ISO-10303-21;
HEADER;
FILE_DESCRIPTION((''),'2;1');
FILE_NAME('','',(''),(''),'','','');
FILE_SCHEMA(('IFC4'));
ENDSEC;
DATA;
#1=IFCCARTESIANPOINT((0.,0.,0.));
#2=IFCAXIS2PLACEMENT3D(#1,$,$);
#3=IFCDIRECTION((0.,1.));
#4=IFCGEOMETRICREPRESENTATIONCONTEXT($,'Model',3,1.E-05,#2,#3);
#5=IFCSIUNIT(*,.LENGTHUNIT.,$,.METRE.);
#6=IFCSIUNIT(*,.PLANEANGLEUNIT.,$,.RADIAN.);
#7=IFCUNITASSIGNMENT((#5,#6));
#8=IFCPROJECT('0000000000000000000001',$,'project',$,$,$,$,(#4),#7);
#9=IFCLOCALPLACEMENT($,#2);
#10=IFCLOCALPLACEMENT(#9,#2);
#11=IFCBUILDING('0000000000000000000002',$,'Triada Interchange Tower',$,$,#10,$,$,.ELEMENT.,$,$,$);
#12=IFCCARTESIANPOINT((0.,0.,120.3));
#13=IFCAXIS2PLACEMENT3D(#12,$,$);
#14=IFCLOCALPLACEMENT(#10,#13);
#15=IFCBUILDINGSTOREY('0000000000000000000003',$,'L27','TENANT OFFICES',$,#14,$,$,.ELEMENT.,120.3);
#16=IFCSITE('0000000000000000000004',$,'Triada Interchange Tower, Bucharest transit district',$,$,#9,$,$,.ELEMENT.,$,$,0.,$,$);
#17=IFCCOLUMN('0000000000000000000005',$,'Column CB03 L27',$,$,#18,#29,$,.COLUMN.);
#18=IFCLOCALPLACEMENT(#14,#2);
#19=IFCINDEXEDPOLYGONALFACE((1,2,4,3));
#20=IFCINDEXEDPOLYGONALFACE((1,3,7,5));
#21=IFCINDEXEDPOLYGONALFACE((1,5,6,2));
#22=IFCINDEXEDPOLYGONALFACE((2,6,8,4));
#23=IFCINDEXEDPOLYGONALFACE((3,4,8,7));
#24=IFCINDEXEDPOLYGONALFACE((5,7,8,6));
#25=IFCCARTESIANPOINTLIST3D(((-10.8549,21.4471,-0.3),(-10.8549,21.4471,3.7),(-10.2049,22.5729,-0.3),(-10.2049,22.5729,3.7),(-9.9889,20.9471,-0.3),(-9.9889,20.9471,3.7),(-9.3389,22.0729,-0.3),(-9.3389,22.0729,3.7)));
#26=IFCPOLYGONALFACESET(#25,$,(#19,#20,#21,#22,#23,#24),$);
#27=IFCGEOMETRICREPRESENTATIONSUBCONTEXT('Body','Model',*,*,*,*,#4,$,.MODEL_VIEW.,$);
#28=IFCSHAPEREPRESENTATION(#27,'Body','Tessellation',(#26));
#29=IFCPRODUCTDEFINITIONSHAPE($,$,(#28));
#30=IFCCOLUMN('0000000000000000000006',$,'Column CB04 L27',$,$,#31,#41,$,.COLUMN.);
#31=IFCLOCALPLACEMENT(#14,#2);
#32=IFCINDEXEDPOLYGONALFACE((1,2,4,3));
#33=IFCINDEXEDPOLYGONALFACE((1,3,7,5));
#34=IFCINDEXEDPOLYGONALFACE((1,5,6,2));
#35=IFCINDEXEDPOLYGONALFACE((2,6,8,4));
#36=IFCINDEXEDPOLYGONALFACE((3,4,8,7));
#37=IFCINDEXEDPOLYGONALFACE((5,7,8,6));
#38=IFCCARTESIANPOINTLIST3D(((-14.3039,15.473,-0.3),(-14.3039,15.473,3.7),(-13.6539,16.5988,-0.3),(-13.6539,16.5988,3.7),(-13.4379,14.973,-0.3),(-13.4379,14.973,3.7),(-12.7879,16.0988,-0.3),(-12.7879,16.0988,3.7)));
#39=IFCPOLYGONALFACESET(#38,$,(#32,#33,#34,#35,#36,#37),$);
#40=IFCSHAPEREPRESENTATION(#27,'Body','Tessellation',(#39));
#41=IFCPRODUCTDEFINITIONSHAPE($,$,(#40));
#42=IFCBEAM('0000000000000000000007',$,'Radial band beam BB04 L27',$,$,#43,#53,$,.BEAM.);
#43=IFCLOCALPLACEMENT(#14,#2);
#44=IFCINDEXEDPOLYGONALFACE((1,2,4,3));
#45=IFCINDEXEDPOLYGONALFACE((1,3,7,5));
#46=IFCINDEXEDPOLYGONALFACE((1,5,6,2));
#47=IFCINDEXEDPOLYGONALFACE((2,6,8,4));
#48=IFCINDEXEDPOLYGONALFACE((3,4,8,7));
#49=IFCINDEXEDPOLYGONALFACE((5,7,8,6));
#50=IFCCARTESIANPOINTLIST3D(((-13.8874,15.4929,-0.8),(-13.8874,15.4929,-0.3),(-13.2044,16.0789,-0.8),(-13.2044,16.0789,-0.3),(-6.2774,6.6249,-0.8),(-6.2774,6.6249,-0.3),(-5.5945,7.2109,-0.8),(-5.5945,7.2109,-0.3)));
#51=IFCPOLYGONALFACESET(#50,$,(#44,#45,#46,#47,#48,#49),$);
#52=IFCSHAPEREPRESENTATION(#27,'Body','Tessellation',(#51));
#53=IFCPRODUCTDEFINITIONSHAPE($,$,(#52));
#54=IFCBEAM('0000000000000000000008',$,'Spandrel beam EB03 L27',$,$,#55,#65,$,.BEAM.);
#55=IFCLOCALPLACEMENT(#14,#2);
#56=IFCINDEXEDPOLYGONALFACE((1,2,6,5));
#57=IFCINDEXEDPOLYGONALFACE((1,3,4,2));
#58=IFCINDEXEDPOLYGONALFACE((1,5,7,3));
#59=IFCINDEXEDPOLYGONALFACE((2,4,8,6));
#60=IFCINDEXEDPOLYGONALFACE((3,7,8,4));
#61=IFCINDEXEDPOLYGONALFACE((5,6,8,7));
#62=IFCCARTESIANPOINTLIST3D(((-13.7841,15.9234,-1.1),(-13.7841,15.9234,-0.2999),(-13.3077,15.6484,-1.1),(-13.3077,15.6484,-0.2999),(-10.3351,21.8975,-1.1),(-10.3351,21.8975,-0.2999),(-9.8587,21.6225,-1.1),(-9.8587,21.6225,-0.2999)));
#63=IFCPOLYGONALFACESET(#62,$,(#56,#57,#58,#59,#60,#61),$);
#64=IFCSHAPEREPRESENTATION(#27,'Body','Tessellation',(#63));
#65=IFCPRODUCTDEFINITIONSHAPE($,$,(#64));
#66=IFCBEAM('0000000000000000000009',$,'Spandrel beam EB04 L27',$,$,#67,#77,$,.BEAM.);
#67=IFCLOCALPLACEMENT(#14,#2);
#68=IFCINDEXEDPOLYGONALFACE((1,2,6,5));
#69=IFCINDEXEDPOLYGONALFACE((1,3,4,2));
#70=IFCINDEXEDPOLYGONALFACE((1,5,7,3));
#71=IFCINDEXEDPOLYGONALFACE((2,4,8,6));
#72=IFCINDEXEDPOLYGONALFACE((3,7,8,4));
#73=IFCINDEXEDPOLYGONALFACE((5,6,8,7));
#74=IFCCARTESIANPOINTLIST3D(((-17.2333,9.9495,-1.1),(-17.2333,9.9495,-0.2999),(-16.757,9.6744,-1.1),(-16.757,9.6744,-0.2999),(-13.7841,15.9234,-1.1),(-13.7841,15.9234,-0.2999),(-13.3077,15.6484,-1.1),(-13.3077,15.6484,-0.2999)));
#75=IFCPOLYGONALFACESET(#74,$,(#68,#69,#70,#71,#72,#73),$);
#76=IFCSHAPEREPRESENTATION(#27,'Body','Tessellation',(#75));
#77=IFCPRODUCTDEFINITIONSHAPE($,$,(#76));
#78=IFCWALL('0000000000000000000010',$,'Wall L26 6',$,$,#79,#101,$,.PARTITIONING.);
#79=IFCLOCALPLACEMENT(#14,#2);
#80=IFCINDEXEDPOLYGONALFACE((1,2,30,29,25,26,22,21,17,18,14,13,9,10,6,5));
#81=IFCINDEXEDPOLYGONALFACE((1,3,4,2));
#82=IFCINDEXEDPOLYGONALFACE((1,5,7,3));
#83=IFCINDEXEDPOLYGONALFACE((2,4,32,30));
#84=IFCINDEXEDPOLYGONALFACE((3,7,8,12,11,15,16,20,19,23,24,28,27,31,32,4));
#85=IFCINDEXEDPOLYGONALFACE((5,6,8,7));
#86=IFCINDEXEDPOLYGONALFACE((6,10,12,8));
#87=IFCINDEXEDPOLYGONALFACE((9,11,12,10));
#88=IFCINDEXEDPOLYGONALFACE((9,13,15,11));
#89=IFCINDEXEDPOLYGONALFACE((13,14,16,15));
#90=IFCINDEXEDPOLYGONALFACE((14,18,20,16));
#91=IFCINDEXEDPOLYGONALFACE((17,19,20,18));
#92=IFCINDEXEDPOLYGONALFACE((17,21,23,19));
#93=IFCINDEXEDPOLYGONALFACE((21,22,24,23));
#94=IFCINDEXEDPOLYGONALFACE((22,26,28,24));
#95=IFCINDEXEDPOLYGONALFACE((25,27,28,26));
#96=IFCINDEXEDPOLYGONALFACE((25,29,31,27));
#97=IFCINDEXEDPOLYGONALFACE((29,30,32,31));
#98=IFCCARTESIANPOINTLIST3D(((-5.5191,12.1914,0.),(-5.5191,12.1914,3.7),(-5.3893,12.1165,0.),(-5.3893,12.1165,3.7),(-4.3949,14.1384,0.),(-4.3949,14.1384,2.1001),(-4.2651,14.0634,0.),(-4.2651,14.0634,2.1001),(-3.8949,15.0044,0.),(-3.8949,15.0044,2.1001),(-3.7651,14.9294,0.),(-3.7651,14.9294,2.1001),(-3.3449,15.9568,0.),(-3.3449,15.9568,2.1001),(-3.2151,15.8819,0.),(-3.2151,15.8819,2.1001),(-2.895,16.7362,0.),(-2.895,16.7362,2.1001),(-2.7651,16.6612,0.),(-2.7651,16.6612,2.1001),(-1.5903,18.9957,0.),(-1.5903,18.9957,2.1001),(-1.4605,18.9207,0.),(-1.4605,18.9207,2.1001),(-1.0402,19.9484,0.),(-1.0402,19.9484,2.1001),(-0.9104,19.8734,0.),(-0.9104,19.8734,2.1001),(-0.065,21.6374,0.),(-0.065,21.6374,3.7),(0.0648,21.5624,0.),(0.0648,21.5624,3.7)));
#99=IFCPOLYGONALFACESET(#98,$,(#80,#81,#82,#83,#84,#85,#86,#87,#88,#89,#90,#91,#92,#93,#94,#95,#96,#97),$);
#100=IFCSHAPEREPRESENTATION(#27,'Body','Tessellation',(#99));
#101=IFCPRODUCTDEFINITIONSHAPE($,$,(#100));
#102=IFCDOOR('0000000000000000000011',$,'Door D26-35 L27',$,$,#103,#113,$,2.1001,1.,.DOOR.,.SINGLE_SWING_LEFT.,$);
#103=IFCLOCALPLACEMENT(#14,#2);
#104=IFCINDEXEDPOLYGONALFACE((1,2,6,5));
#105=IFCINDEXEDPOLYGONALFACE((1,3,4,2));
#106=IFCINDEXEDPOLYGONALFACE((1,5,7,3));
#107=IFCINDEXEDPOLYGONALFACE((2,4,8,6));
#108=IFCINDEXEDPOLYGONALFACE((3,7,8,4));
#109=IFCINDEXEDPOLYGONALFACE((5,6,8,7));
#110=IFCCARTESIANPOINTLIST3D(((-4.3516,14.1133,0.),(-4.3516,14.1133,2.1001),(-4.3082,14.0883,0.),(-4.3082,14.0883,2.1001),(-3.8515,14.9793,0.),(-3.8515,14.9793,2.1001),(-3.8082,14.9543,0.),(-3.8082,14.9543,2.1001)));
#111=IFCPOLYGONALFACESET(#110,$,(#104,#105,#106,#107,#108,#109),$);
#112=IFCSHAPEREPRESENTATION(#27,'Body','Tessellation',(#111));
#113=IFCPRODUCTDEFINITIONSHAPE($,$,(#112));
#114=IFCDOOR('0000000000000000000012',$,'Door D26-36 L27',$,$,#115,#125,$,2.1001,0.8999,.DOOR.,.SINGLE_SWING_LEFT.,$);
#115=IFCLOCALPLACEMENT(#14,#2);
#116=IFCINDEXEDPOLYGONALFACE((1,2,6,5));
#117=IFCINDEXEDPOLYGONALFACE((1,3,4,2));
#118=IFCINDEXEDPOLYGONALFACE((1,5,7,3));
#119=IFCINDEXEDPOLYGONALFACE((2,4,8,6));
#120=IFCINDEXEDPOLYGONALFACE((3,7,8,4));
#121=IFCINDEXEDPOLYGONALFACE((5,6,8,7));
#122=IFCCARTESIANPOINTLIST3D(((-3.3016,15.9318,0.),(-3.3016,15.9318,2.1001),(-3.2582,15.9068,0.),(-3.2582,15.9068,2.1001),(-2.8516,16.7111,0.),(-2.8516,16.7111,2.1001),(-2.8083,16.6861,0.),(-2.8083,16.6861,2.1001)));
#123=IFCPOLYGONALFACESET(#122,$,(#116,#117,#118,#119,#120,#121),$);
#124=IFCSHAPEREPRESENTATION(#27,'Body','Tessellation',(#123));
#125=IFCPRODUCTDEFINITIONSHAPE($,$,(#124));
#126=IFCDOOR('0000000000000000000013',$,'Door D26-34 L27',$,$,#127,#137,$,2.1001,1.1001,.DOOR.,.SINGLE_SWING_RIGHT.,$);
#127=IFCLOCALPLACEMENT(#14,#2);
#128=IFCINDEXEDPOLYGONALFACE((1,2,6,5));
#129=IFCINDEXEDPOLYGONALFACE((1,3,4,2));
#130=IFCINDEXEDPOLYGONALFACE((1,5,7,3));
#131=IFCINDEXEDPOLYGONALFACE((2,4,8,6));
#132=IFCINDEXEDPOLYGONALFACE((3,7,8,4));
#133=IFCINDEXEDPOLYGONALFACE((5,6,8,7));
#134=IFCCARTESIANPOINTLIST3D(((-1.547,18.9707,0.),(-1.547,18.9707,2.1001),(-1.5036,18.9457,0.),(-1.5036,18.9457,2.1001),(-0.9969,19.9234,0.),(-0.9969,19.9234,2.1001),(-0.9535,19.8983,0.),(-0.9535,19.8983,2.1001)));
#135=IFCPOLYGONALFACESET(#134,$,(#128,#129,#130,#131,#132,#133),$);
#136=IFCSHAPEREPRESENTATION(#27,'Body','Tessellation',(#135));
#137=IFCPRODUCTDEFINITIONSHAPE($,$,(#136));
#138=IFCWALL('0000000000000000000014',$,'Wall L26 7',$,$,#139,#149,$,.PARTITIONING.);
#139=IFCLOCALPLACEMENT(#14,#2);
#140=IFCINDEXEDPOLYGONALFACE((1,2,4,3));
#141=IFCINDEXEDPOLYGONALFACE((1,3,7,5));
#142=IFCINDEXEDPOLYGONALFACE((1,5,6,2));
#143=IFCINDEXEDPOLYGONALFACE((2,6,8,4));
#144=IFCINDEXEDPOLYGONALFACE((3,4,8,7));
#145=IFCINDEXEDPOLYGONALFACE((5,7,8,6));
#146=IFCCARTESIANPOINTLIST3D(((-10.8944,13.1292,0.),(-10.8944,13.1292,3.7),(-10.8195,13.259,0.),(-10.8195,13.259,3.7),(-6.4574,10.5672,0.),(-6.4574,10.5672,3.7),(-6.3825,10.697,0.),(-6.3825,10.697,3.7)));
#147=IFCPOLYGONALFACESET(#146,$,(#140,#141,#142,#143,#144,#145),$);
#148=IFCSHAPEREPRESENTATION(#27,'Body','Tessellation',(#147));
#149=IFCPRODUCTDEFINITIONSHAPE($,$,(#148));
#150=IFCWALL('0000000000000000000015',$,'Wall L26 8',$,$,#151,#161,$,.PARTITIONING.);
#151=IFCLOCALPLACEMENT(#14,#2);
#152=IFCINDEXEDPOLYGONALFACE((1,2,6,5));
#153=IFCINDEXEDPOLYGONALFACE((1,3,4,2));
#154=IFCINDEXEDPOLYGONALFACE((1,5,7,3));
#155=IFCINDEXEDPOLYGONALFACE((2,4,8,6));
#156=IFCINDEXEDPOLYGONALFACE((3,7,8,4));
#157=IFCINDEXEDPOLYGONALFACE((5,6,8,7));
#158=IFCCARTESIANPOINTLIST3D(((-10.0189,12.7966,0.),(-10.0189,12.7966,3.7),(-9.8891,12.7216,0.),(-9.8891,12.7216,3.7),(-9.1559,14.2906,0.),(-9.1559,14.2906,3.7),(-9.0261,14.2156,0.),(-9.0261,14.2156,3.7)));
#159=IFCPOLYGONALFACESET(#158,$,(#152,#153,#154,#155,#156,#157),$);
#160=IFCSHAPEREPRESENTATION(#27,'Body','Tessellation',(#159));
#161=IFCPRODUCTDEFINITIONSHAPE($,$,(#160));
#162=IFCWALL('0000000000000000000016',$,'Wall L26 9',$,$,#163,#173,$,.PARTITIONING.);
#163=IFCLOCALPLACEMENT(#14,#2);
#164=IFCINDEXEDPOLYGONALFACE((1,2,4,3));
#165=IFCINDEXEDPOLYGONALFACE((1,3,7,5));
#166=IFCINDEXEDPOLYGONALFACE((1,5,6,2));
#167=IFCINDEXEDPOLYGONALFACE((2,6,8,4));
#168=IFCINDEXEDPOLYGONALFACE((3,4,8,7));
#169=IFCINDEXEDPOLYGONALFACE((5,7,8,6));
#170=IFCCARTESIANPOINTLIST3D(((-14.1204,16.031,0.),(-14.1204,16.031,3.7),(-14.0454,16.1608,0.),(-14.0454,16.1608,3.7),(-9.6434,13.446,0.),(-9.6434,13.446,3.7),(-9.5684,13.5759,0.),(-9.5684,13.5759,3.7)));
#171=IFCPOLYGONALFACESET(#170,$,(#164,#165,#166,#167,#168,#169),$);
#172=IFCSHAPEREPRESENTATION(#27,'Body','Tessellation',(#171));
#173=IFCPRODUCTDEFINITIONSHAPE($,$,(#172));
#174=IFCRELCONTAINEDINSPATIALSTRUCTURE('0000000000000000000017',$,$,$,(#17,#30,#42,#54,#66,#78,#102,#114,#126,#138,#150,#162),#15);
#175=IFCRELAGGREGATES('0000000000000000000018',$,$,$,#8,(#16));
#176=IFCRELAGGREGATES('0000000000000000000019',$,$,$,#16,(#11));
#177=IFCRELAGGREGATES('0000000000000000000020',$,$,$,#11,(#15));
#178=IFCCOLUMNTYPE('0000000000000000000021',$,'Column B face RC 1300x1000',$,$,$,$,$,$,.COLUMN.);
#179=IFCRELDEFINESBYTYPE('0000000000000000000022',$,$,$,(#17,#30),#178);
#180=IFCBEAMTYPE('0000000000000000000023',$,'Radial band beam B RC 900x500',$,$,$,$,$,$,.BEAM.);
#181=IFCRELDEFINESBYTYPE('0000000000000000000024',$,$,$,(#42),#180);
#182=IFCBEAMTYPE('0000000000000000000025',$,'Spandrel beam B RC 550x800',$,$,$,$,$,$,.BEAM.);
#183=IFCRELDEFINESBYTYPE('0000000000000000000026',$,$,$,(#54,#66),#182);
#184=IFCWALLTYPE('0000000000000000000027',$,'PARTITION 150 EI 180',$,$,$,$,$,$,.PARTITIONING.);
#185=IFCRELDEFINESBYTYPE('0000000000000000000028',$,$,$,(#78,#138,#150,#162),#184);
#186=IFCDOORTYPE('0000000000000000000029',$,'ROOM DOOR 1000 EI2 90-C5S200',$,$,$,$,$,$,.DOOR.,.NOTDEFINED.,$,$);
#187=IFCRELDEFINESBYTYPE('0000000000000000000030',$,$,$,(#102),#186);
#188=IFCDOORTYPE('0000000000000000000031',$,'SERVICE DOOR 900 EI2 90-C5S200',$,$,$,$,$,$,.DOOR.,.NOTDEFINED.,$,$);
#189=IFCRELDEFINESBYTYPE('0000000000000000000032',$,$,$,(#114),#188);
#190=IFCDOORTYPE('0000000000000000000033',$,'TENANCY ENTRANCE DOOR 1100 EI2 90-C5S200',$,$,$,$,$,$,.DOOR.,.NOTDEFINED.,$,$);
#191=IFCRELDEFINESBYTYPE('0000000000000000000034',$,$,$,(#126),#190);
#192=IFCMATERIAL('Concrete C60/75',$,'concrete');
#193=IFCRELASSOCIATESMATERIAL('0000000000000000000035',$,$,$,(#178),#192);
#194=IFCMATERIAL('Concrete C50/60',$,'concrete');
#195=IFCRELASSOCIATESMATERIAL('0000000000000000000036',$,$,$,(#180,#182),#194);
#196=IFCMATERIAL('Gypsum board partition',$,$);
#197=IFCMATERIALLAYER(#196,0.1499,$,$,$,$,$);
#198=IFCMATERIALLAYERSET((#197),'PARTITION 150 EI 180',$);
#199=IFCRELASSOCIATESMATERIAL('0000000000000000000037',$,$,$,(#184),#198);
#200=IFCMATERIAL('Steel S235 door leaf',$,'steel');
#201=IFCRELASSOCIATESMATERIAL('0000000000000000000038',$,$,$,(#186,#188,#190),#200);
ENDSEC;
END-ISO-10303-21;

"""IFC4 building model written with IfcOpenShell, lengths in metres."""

from ifc_helpers import new_model, si_unit, direction, frame, frame_2d, origin, origin_2d, place, context, subcontext, project, spatial, rectangle, extrude, material, layer, layer_set, material_profile, profile_set, type_object, element, fill, save


model = new_model("IFC4")

# Units and contexts
model_context = context("Model", 3, precision=1e-05, world=origin(), true_north=direction((0.0, 1.0)))
body_context = subcontext(model_context, "Body", "Model", "MODEL_VIEW")
ifc_project = project(units=[si_unit("LENGTHUNIT", "METRE"), si_unit("PLANEANGLEUNIT", "RADIAN")], contexts=[model_context])

# Site, building, storey
site_placement = place(None, origin())
site = spatial("IfcSite", under=ifc_project, at=site_placement, Name="Triada Interchange Tower, Bucharest transit district", CompositionType="ELEMENT", RefElevation=0.0)
building_placement = place(site_placement, origin())
building = spatial("IfcBuilding", under=site, at=building_placement, Name="Triada Interchange Tower", CompositionType="ELEMENT")
storey_placement = place(building_placement, frame((0.0, 0.0, 120.3)))
storey = spatial("IfcBuildingStorey", under=building, at=storey_placement, Name="L27", Description="TENANT OFFICES", CompositionType="ELEMENT", Elevation=120.3)

# Columns
ifc_material_1 = material(Name="Concrete C60/75", Category="concrete")
ifc_material_profile_1 = material_profile(ifc_material_1, rectangle(XDim=1.3, YDim=1.0, at=origin_2d()), Name="RC 1300x1000")
ifc_profile_set_1 = profile_set([ifc_material_profile_1], Name="Concrete C60/75")
column_type = type_object("IfcColumnType", Name="Column B face RC 1300x1000", PredefinedType="COLUMN", material=ifc_profile_set_1)
for number, where, z_axis, x_axis, name in (
    (1, (-10.0969, 21.76, -0.3), (0.0, 0.0, 1.0), (0.5, 0.866025, 0.0), "Column CB03 L27"),
    (2, (-13.5459, 15.7859, -0.3), (0.0, 0.0, 1.0), (0.5, 0.866025, 0.0), "Column CB04 L27"),
):
    element("IfcColumn", number, at=place(storey_placement, frame(where, z_axis=z_axis, x_axis=x_axis)), inside=storey, type_object=column_type, Name=name, PredefinedType="COLUMN", context=body_context, shape_type="SweptSolid", body=[
        extrude(rectangle(XDim=1.3, YDim=1.0, at=origin_2d()), origin(), (0.0, 0.0, 1.0), 4.0),
    ])

# Beams
ifc_material_2 = material(Name="Concrete C50/60", Category="concrete")
ifc_material_profile_2 = material_profile(ifc_material_2, rectangle(XDim=0.8999, YDim=0.5, at=origin_2d()), Name="RC 900x500")
ifc_profile_set_2 = profile_set([ifc_material_profile_2], Name="Concrete C50/60")
beam_type_1 = type_object("IfcBeamType", Name="Radial band beam B RC 900x500", PredefinedType="BEAM", material=ifc_profile_set_2)
beam_placement = place(storey_placement, frame((-13.5459, 15.7859, -0.55), z_axis=(0.651225, -0.758885, 0.0), x_axis=(0.758885, 0.651225, 0.0)))
element("IfcBeam", 3, at=beam_placement, inside=storey, type_object=beam_type_1, Name="Radial band beam BB04 L27", PredefinedType="BEAM", context=body_context, shape_type="SweptSolid", body=[
    extrude(rectangle(XDim=0.8999, YDim=0.5, at=origin_2d()), origin(), (0.0, 0.0, 1.0), 11.6855),
])
ifc_material_profile_3 = material_profile(ifc_material_2, rectangle(XDim=0.55, YDim=0.8, at=origin_2d()), Name="RC 550x800")
ifc_profile_set_3 = profile_set([ifc_material_profile_3], Name="Concrete C50/60")
beam_type_2 = type_object("IfcBeamType", Name="Spandrel beam B RC 550x800", PredefinedType="BEAM", material=ifc_profile_set_3)
for number, where, z_axis, x_axis, name in (
    (4, (-10.0969, 21.76, -0.7), (-0.49998, -0.866037, 0.0), (0.866037, -0.49998, 0.0), "Spandrel beam EB03 L27"),
    (5, (-13.5459, 15.7859, -0.7), (-0.500022, -0.866013, 0.0), (0.866013, -0.500022, 0.0), "Spandrel beam EB04 L27"),
):
    element("IfcBeam", number, at=place(storey_placement, frame(where, z_axis=z_axis, x_axis=x_axis)), inside=storey, type_object=beam_type_2, Name=name, PredefinedType="BEAM", context=body_context, shape_type="SweptSolid", body=[
        extrude(rectangle(XDim=0.55, YDim=0.8, at=origin_2d()), origin(), (0.0, 0.0, 1.0), 6.8982),
    ])

# Shared definitions
ifc_material_3 = material(Name="Steel S235 door leaf", Category="steel")

# Wall, openings, doors
ifc_material_4 = material(Name="Gypsum board partition")
ifc_layer_1 = layer(ifc_material_4, 0.1499)
ifc_layer_set_1 = layer_set([ifc_layer_1], Name="PARTITION 150 EI 180")
wall_type_1 = type_object("IfcWallType", Name="PARTITION 150 EI 180", PredefinedType="PARTITIONING", material=ifc_layer_set_1)
wall_1_placement = place(storey_placement, frame((-5.4541, 12.1541, 0.0), z_axis=(0.0, 0.0, 1.0), x_axis=(0.500029, 0.866009, 0.0)))
wall_1 = element("IfcWall", 6, at=wall_1_placement, inside=storey, type_object=wall_type_1, Name="Wall L26 6", PredefinedType="PARTITIONING", context=body_context, shape_type="SweptSolid", body=[
    extrude(rectangle(XDim=10.9075, YDim=0.1499, at=frame_2d((5.4536, 0.0))), origin(), (0.0, 0.0, 1.0), 3.7),
])
opening_1_placement = place(wall_1_placement, frame((7.8569, 0.0, 0.0)))
opening_1 = element("IfcOpeningElement", 7, at=opening_1_placement, cuts=wall_1, PredefinedType="OPENING", context=body_context, shape_type="SweptSolid", body=[
    extrude(rectangle(XDim=1.1001, YDim=2.1001, at=frame_2d((0.55, 1.05))), frame((0.0, 0.085, 0.0), z_axis=(0.0, -1.0, 0.0), x_axis=(1.0, 0.0, 0.0)), (0.0, 0.0, 1.0), 0.1699),
])
opening_2_placement = place(wall_1_placement, frame((2.248, 0.0, 0.0)))
opening_2 = element("IfcOpeningElement", 8, at=opening_2_placement, cuts=wall_1, PredefinedType="OPENING", context=body_context, shape_type="SweptSolid", body=[
    extrude(rectangle(XDim=1.0, YDim=2.1001, at=frame_2d((0.5, 1.05))), frame((0.0, 0.085, 0.0), z_axis=(0.0, -1.0, 0.0), x_axis=(1.0, 0.0, 0.0)), (0.0, 0.0, 1.0), 0.1699),
])
opening_3_placement = place(wall_1_placement, frame((4.3479, 0.0, 0.0)))
opening_3 = element("IfcOpeningElement", 9, at=opening_3_placement, cuts=wall_1, PredefinedType="OPENING", context=body_context, shape_type="SweptSolid", body=[
    extrude(rectangle(XDim=0.8999, YDim=2.1001, at=frame_2d((0.45, 1.05))), frame((0.0, 0.085, 0.0), z_axis=(0.0, -1.0, 0.0), x_axis=(1.0, 0.0, 0.0)), (0.0, 0.0, 1.0), 0.1699),
])
door_type_1 = type_object("IfcDoorType", Name="ROOM DOOR 1000 EI2 90-C5S200", OperationType="NOTDEFINED", PredefinedType="DOOR", material=ifc_material_3)
door_1_placement = place(opening_2_placement, origin())
door_1 = element("IfcDoor", 10, at=door_1_placement, inside=storey, type_object=door_type_1, Name="Door D26-35 L27", OperationType="SINGLE_SWING_LEFT", OverallHeight=2.1001, OverallWidth=1.0, PredefinedType="DOOR", context=body_context, shape_type="SweptSolid", body=[
    extrude(rectangle(XDim=1.0, YDim=2.1001, at=frame_2d((0.5, 1.05))), frame((0.0, 0.0249, 0.0), z_axis=(0.0, -1.0, 0.0), x_axis=(1.0, 0.0, 0.0)), (0.0, 0.0, 1.0), 0.05),
])
fill(opening_2, door_1)
door_type_2 = type_object("IfcDoorType", Name="SERVICE DOOR 900 EI2 90-C5S200", OperationType="NOTDEFINED", PredefinedType="DOOR", material=ifc_material_3)
door_2_placement = place(opening_3_placement, origin())
door_2 = element("IfcDoor", 11, at=door_2_placement, inside=storey, type_object=door_type_2, Name="Door D26-36 L27", OperationType="SINGLE_SWING_LEFT", OverallHeight=2.1001, OverallWidth=0.8999, PredefinedType="DOOR", context=body_context, shape_type="SweptSolid", body=[
    extrude(rectangle(XDim=0.8999, YDim=2.1001, at=frame_2d((0.45, 1.05))), frame((0.0, 0.0249, 0.0), z_axis=(0.0, -1.0, 0.0), x_axis=(1.0, 0.0, 0.0)), (0.0, 0.0, 1.0), 0.05),
])
fill(opening_3, door_2)
door_type_3 = type_object("IfcDoorType", Name="TENANCY ENTRANCE DOOR 1100 EI2 90-C5S200", OperationType="NOTDEFINED", PredefinedType="DOOR", material=ifc_material_3)
door_3_placement = place(opening_1_placement, origin())
door_3 = element("IfcDoor", 12, at=door_3_placement, inside=storey, type_object=door_type_3, Name="Door D26-34 L27", OperationType="SINGLE_SWING_RIGHT", OverallHeight=2.1001, OverallWidth=1.1001, PredefinedType="DOOR", context=body_context, shape_type="SweptSolid", body=[
    extrude(rectangle(XDim=1.1001, YDim=2.1001, at=frame_2d((0.55, 1.05))), frame((0.0, 0.0249, 0.0), z_axis=(0.0, -1.0, 0.0), x_axis=(1.0, 0.0, 0.0)), (0.0, 0.0, 1.0), 0.05),
])
fill(opening_1, door_3)

# Walls
wall_2_placement = place(storey_placement, frame((-10.8569, 13.1941, 0.0), z_axis=(0.0, 0.0, 1.0), x_axis=(0.866, -0.500044, 0.0)))
element("IfcWall", 13, at=wall_2_placement, inside=storey, type_object=wall_type_1, Name="Wall L26 7", PredefinedType="PARTITIONING", context=body_context, shape_type="SweptSolid", body=[
    extrude(rectangle(XDim=5.1235, YDim=0.1499, at=frame_2d((2.5618, 0.0))), origin(), (0.0, 0.0, 1.0), 3.7),
])
wall_3_placement = place(storey_placement, frame((-9.9541, 12.759, 0.0), z_axis=(0.0, 0.0, 1.0), x_axis=(0.500233, 0.865891, 0.0)))
element("IfcWall", 14, at=wall_3_placement, inside=storey, type_object=wall_type_1, Name="Wall L26 8", PredefinedType="PARTITIONING", context=body_context, shape_type="SweptSolid", body=[
    extrude(rectangle(XDim=1.7253, YDim=0.1499, at=frame_2d((0.8628, 0.0))), origin(), (0.0, 0.0, 1.0), 3.7),
])
wall_4_placement = place(storey_placement, frame((-14.083, 16.0959, 0.0), z_axis=(0.0, 0.0, 1.0), x_axis=(0.866014, -0.50002, 0.0)))
element("IfcWall", 15, at=wall_4_placement, inside=storey, type_object=wall_type_1, Name="Wall L26 9", PredefinedType="PARTITIONING", context=body_context, shape_type="SweptSolid", body=[
    extrude(rectangle(XDim=5.1697, YDim=0.1499, at=frame_2d((2.585, 0.0))), origin(), (0.0, 0.0, 1.0), 3.7),
])

save(model, "model.ifc")
